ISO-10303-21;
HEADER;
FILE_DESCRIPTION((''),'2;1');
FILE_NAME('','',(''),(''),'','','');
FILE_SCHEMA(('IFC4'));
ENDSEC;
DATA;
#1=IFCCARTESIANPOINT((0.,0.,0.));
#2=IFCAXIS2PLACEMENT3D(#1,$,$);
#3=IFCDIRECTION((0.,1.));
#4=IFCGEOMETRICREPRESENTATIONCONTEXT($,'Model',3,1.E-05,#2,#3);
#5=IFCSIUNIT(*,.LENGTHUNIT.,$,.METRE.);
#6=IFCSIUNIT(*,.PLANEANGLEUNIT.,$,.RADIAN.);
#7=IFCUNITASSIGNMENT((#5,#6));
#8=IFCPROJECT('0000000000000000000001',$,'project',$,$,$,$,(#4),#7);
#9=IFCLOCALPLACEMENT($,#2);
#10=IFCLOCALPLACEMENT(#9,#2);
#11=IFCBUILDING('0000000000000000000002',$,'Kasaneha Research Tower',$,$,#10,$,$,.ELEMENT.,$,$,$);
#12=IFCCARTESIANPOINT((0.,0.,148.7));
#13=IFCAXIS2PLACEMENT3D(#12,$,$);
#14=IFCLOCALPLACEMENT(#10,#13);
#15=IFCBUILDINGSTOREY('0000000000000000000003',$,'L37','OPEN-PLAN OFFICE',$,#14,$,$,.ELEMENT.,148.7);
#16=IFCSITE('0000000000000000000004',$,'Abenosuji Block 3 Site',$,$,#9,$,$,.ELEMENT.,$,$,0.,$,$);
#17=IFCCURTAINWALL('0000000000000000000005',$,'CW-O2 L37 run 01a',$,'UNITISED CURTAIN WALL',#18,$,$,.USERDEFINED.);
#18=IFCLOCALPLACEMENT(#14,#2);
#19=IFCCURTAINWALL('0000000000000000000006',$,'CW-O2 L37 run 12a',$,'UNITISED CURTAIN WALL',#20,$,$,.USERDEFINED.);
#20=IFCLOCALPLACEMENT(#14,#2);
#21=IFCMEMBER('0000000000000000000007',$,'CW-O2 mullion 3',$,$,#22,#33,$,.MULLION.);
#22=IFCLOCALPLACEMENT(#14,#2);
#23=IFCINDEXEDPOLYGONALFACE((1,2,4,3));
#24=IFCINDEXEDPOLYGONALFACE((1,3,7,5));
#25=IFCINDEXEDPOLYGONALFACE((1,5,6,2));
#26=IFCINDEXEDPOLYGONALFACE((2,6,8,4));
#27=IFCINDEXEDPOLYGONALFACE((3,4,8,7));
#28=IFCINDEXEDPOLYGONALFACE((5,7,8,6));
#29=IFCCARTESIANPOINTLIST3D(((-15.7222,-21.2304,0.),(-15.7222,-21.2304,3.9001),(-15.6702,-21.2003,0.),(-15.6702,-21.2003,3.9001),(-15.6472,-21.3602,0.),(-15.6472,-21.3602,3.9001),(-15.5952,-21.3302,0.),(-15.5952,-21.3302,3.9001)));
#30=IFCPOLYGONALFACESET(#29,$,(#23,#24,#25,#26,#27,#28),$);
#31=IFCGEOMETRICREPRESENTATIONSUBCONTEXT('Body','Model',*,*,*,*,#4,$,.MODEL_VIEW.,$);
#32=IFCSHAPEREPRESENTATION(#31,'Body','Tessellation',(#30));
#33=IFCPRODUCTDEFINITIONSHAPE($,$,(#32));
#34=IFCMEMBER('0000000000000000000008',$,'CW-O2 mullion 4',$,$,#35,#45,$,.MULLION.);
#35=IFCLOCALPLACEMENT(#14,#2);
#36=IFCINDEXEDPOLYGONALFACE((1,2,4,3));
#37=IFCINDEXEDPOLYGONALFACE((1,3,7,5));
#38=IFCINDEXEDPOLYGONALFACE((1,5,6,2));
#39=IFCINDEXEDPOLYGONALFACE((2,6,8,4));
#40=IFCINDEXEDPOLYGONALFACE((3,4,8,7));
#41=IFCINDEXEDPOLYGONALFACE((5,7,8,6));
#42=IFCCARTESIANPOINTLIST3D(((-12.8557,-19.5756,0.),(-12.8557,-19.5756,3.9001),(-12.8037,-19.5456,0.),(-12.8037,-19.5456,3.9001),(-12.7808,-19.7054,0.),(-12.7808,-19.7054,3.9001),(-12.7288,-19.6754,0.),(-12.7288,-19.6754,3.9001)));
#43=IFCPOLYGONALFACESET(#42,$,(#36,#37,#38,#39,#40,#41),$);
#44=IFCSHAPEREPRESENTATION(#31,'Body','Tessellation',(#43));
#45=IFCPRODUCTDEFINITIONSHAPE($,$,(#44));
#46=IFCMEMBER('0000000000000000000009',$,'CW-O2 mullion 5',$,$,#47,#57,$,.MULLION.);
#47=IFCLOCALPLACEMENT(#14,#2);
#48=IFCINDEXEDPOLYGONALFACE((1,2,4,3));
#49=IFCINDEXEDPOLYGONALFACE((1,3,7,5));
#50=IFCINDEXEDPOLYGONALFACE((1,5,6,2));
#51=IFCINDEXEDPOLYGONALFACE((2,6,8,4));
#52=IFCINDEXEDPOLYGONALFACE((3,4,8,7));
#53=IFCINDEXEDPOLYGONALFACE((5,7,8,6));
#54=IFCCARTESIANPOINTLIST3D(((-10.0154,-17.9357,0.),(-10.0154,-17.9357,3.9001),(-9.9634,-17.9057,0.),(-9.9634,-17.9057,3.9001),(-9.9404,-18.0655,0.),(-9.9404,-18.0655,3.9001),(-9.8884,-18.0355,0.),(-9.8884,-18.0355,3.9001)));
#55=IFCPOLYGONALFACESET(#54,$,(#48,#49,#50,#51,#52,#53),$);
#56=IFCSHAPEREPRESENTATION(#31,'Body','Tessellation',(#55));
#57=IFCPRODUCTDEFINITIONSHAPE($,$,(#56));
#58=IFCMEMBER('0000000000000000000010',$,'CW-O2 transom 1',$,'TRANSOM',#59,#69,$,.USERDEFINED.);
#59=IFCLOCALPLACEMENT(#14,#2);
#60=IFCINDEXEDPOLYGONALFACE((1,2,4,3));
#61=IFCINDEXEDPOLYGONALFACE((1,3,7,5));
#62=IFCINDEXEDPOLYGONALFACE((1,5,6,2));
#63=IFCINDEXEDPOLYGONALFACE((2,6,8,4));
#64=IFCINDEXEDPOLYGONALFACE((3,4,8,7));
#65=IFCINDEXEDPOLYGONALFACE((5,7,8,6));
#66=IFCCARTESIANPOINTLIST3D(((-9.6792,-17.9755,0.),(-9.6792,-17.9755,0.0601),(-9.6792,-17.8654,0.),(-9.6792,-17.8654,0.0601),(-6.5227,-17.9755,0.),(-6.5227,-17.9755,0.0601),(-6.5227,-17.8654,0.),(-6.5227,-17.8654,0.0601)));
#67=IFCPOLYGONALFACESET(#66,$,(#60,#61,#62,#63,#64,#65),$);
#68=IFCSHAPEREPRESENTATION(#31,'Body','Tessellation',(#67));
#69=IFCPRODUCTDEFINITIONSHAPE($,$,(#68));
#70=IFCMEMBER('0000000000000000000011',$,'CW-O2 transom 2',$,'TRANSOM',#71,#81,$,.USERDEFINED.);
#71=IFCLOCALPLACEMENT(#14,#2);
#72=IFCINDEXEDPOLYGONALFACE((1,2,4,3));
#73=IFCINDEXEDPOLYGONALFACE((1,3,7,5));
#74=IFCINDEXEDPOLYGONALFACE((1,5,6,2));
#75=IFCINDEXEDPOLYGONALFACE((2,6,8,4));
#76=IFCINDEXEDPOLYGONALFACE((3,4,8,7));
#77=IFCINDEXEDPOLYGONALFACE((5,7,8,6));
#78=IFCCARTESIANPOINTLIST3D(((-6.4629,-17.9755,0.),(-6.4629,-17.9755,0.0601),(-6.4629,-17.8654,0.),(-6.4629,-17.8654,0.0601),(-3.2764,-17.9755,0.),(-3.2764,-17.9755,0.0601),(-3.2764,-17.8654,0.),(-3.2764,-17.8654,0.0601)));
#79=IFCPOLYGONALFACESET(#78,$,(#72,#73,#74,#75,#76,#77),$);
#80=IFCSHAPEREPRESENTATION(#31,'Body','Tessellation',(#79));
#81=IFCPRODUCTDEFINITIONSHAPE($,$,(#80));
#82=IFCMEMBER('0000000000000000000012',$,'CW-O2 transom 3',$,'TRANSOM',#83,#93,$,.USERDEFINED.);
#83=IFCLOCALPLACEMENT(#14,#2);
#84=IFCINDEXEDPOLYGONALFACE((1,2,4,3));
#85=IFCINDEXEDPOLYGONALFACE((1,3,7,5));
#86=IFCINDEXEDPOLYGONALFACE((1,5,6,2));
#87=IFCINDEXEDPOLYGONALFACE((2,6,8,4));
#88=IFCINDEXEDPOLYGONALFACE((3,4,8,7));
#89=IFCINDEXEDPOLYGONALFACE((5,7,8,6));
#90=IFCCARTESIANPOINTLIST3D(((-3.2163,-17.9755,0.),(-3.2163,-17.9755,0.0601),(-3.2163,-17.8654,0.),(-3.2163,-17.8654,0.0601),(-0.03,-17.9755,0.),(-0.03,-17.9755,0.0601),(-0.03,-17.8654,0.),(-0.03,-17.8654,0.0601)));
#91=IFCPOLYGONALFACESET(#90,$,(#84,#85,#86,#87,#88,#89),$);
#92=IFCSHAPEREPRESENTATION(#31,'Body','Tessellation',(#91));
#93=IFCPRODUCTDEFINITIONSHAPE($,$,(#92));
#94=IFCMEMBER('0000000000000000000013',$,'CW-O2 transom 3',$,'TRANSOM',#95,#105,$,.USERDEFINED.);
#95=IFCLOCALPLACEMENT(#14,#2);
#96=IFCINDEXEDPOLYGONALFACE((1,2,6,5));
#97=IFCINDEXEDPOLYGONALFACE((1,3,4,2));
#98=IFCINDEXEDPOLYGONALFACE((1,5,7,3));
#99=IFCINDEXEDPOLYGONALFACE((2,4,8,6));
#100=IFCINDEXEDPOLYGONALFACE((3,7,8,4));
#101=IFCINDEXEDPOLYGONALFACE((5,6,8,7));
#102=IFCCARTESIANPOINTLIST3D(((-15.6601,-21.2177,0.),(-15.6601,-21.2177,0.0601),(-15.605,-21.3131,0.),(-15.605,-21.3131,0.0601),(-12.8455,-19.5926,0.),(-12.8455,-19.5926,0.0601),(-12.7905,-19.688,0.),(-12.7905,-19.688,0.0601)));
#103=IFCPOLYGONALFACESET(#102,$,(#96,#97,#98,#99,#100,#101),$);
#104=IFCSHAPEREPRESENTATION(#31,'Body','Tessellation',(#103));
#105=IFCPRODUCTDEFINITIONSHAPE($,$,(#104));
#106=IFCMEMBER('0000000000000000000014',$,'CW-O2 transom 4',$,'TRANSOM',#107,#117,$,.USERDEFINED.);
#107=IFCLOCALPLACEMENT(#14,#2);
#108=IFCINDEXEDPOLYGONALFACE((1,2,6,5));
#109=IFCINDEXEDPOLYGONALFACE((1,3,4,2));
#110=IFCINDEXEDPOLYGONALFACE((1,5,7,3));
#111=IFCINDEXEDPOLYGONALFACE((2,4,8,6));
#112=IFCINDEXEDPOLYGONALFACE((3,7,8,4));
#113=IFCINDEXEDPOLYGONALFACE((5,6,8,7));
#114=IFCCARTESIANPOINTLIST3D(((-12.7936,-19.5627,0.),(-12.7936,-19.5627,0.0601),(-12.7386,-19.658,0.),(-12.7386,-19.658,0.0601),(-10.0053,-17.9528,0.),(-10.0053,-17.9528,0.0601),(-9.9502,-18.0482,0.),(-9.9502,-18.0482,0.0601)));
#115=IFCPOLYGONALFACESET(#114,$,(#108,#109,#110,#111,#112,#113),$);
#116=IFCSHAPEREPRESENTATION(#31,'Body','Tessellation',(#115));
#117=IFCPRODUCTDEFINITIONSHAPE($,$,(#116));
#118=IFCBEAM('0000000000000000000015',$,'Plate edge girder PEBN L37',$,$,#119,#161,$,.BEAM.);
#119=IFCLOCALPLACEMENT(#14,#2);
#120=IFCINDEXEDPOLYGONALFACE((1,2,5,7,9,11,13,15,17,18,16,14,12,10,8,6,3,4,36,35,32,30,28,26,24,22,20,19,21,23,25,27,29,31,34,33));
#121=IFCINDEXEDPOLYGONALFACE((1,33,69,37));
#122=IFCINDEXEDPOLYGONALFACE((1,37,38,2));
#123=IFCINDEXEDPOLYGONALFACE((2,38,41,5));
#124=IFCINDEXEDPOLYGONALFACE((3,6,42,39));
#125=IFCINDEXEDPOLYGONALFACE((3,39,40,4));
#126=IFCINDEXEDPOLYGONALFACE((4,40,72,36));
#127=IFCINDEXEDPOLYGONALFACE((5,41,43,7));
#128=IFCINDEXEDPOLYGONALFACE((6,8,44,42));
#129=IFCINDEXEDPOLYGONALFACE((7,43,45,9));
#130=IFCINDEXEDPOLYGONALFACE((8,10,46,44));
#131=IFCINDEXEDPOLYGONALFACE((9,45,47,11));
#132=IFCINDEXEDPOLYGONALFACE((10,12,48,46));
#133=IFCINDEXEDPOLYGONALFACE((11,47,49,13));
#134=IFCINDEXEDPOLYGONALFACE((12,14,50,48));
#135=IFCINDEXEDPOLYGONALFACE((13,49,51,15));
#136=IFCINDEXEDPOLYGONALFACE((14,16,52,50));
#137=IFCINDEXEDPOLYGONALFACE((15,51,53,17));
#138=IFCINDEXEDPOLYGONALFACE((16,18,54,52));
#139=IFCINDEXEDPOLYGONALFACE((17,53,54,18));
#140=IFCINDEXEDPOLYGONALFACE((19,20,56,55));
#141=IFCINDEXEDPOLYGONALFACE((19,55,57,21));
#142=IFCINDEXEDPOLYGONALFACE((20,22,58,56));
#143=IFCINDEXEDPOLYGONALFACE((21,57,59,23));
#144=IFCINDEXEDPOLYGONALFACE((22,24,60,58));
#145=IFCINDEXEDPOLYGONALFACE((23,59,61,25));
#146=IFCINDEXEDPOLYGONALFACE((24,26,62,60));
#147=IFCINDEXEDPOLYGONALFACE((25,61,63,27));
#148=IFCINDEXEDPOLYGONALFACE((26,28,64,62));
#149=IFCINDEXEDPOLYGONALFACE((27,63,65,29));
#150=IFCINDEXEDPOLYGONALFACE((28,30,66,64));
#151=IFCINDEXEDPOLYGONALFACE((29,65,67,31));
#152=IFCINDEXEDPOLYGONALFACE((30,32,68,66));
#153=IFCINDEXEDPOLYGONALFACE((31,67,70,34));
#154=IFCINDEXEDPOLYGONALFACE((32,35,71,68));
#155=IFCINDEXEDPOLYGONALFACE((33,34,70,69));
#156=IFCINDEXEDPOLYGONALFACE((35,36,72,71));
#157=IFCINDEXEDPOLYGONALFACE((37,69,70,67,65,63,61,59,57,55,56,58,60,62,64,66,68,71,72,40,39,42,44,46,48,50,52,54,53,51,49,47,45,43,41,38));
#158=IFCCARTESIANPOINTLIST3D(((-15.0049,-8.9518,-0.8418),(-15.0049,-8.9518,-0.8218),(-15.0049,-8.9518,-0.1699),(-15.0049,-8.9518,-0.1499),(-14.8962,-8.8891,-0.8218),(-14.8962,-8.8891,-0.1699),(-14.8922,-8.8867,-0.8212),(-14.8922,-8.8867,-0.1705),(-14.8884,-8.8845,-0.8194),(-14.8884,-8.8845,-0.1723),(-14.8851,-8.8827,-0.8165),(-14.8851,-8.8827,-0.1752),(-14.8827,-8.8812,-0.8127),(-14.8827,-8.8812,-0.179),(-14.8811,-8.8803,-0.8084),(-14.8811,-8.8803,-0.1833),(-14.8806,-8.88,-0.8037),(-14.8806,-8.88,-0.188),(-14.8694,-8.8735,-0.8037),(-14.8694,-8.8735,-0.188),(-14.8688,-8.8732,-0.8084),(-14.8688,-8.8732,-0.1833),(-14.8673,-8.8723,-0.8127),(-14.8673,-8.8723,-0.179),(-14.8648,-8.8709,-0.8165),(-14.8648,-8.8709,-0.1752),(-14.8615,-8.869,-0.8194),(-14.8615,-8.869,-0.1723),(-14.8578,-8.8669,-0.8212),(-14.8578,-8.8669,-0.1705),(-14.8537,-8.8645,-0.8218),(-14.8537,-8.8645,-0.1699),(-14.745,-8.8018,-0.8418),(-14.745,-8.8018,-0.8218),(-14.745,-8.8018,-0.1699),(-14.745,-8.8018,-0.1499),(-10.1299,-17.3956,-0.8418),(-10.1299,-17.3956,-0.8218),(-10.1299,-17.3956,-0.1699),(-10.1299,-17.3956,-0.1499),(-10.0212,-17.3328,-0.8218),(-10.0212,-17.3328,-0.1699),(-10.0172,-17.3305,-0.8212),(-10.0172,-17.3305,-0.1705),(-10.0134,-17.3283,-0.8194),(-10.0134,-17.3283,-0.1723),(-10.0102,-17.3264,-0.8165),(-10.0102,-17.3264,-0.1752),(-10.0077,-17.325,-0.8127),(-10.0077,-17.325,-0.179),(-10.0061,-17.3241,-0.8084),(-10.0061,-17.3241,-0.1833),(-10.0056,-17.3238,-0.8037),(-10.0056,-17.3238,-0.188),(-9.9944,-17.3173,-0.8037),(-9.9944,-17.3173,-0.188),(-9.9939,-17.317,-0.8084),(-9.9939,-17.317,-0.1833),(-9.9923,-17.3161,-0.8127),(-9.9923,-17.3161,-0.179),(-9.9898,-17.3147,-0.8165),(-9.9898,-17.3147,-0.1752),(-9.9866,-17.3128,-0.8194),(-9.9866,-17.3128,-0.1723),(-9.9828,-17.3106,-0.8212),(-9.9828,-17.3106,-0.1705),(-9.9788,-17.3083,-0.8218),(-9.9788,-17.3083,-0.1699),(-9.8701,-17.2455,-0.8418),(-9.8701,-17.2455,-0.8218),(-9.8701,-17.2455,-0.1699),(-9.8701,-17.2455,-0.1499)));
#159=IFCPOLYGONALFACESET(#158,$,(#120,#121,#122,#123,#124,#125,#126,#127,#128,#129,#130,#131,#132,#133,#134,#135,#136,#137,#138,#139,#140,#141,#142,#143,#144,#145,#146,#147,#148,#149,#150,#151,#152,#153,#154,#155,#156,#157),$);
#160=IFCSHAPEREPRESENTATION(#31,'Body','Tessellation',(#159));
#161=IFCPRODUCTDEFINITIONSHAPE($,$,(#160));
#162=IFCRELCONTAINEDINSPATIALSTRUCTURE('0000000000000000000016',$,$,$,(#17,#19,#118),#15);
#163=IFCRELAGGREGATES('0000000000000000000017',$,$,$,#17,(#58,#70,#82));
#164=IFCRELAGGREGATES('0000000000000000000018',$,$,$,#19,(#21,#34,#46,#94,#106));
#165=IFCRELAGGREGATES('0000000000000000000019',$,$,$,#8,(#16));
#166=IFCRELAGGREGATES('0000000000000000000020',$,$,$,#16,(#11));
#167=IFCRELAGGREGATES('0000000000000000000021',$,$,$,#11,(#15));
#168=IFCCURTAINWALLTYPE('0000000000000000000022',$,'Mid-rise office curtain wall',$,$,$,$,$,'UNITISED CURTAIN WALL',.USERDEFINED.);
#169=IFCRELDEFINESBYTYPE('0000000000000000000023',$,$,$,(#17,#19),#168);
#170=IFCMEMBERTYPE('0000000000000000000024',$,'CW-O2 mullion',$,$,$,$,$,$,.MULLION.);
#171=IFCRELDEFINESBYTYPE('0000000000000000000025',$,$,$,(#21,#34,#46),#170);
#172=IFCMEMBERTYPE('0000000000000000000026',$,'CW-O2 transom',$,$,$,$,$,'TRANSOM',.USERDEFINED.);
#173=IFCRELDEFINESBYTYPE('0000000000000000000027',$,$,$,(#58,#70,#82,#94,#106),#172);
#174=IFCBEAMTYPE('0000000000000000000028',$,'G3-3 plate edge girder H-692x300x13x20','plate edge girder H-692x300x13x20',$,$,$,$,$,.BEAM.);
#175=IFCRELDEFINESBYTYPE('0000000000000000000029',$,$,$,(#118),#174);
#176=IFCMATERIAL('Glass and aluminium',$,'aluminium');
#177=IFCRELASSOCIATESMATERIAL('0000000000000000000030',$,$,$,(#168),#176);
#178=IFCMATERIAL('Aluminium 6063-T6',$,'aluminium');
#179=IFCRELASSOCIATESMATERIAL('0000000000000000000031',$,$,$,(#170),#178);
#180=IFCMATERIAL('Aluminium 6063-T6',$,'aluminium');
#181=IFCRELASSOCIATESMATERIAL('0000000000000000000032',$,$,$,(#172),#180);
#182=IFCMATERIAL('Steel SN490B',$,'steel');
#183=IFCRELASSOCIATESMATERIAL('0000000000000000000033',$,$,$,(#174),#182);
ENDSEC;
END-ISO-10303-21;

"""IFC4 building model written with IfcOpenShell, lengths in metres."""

from ifc_helpers import new_model, si_unit, direction, frame, origin, origin_2d, place, context, subcontext, project, spatial, rectangle, i_section, extrude, material, material_profile, profile_set, type_object, element, aggregate, save


model = new_model("IFC4")

# Units and contexts
model_context = context("Model", 3, precision=1e-05, world=origin(), true_north=direction((0.0, 1.0)))
body_context = subcontext(model_context, "Body", "Model", "MODEL_VIEW")
ifc_project = project(units=[si_unit("LENGTHUNIT", "METRE"), si_unit("PLANEANGLEUNIT", "RADIAN")], contexts=[model_context])

# Site, building, storey
site_placement = place(None, origin())
site = spatial("IfcSite", under=ifc_project, at=site_placement, Name="Abenosuji Block 3 Site", CompositionType="ELEMENT", RefElevation=0.0)
building_placement = place(site_placement, origin())
building = spatial("IfcBuilding", under=site, at=building_placement, Name="Kasaneha Research Tower", CompositionType="ELEMENT")
storey_placement = place(building_placement, frame((0.0, 0.0, 148.7)))
storey = spatial("IfcBuildingStorey", under=building, at=storey_placement, Name="L37", Description="OPEN-PLAN OFFICE", CompositionType="ELEMENT", Elevation=148.7)

# Curtain walls, members
ifc_material_1 = material(Name="Glass and aluminium", Category="aluminium")
curtain_wall_type = type_object("IfcCurtainWallType", Name="Mid-rise office curtain wall", ElementType="UNITISED CURTAIN WALL", PredefinedType="USERDEFINED", material=ifc_material_1)
curtain_wall_1_placement = place(storey_placement, origin())
curtain_wall_1 = element("IfcCurtainWall", 1, at=curtain_wall_1_placement, inside=storey, type_object=curtain_wall_type, Name="CW-O2 L37 run 01a", ObjectType="UNITISED CURTAIN WALL", PredefinedType="USERDEFINED")
ifc_material_2 = material(Name="Aluminium 6063-T6", Category="aluminium")
ifc_material_profile_1 = material_profile(ifc_material_2, rectangle(XDim=0.0601, YDim=0.1499, at=origin_2d()), Name="CW-O2 mullion 60x150")
ifc_profile_set_1 = profile_set([ifc_material_profile_1], Name="Aluminium 6063-T6")
member_type_1 = type_object("IfcMemberType", Name="CW-O2 mullion", PredefinedType="MULLION", material=ifc_profile_set_1)
curtain_wall_2_placement = place(storey_placement, origin())
curtain_wall_2 = element("IfcCurtainWall", 2, at=curtain_wall_2_placement, inside=storey, type_object=curtain_wall_type, Name="CW-O2 L37 run 12a", ObjectType="UNITISED CURTAIN WALL", PredefinedType="USERDEFINED")
member_1_placement = place(storey_placement, frame((-15.6587, -21.2803, 0.0), z_axis=(0.0, 0.0, 1.0), x_axis=(0.866025, 0.5, 0.0)))
member_1 = element("IfcMember", 3, at=member_1_placement, type_object=member_type_1, Name="CW-O2 mullion 3", PredefinedType="MULLION", context=body_context, shape_type="SweptSolid", body=[
    extrude(rectangle(XDim=0.0601, YDim=0.1499, at=origin_2d()), origin(), (0.0, 0.0, 1.0), 3.9001),
])
member_2_placement = place(storey_placement, frame((-12.7922, -19.6255, 0.0), z_axis=(0.0, 0.0, 1.0), x_axis=(0.866025, 0.5, 0.0)))
member_2 = element("IfcMember", 4, at=member_2_placement, type_object=member_type_1, Name="CW-O2 mullion 4", PredefinedType="MULLION", context=body_context, shape_type="SweptSolid", body=[
    extrude(rectangle(XDim=0.0601, YDim=0.1499, at=origin_2d()), origin(), (0.0, 0.0, 1.0), 3.9001),
])
member_3_placement = place(storey_placement, frame((-9.9519, -17.9856, 0.0), z_axis=(0.0, 0.0, 1.0), x_axis=(0.866025, 0.5, 0.0)))
member_3 = element("IfcMember", 5, at=member_3_placement, type_object=member_type_1, Name="CW-O2 mullion 5", PredefinedType="MULLION", context=body_context, shape_type="SweptSolid", body=[
    extrude(rectangle(XDim=0.0601, YDim=0.1499, at=origin_2d()), origin(), (0.0, 0.0, 1.0), 3.9001),
])

# Members
ifc_material_3 = material(Name="Aluminium 6063-T6", Category="aluminium")
ifc_material_profile_2 = material_profile(ifc_material_3, rectangle(XDim=0.1101, YDim=0.0601, at=origin_2d()), Name="CW-O2 transom 110x60")
ifc_profile_set_2 = profile_set([ifc_material_profile_2], Name="Aluminium 6063-T6")
member_type_2 = type_object("IfcMemberType", Name="CW-O2 transom", ElementType="TRANSOM", PredefinedType="USERDEFINED", material=ifc_profile_set_2)
member_4_placement = place(storey_placement, frame((-9.6792, -17.9204, 0.03), z_axis=(1.0, 0.0, 0.0), x_axis=(0.0, 1.0, 0.0)))
member_4 = element("IfcMember", 6, at=member_4_placement, type_object=member_type_2, Name="CW-O2 transom 1", ObjectType="TRANSOM", PredefinedType="USERDEFINED", context=body_context, shape_type="SweptSolid", body=[
    extrude(rectangle(XDim=0.1101, YDim=0.0601, at=origin_2d()), origin(), (0.0, 0.0, 1.0), 3.1565),
])
member_5_placement = place(storey_placement, frame((-6.4629, -17.9204, 0.03), z_axis=(1.0, 0.0, 0.0), x_axis=(0.0, 1.0, 0.0)))
member_5 = element("IfcMember", 7, at=member_5_placement, type_object=member_type_2, Name="CW-O2 transom 2", ObjectType="TRANSOM", PredefinedType="USERDEFINED", context=body_context, shape_type="SweptSolid", body=[
    extrude(rectangle(XDim=0.1101, YDim=0.0601, at=origin_2d()), origin(), (0.0, 0.0, 1.0), 3.1865),
])
member_6_placement = place(storey_placement, frame((-3.2163, -17.9204, 0.03), z_axis=(1.0, 0.0, 0.0), x_axis=(0.0, 1.0, 0.0)))
member_6 = element("IfcMember", 8, at=member_6_placement, type_object=member_type_2, Name="CW-O2 transom 3", ObjectType="TRANSOM", PredefinedType="USERDEFINED", context=body_context, shape_type="SweptSolid", body=[
    extrude(rectangle(XDim=0.1101, YDim=0.0601, at=origin_2d()), origin(), (0.0, 0.0, 1.0), 3.1863),
])
member_7_placement = place(storey_placement, frame((-15.6326, -21.2654, 0.03), z_axis=(0.866015, 0.500017, 0.0), x_axis=(-0.500017, 0.866015, 0.0)))
member_7 = element("IfcMember", 9, at=member_7_placement, type_object=member_type_2, Name="CW-O2 transom 3", ObjectType="TRANSOM", PredefinedType="USERDEFINED", context=body_context, shape_type="SweptSolid", body=[
    extrude(rectangle(XDim=0.1101, YDim=0.0601, at=origin_2d()), origin(), (0.0, 0.0, 1.0), 3.25),
])
member_8_placement = place(storey_placement, frame((-12.7661, -19.6104, 0.03), z_axis=(0.866023, 0.500005, 0.0), x_axis=(-0.500005, 0.866023, 0.0)))
member_8 = element("IfcMember", 10, at=member_8_placement, type_object=member_type_2, Name="CW-O2 transom 4", ObjectType="TRANSOM", PredefinedType="USERDEFINED", context=body_context, shape_type="SweptSolid", body=[
    extrude(rectangle(XDim=0.1101, YDim=0.0601, at=origin_2d()), origin(), (0.0, 0.0, 1.0), 3.2197),
])

# Beam
ifc_material_4 = material(Name="Steel SN490B", Category="steel")
ifc_material_profile_3 = material_profile(ifc_material_4, i_section(OverallWidth=0.3, OverallDepth=0.6919, WebThickness=0.0129, FlangeThickness=0.02, FilletRadius=0.0181, at=origin_2d()), Name="H-692x300x13x20")
ifc_profile_set_3 = profile_set([ifc_material_profile_3], Name="Steel SN490B")
beam_type_1 = type_object("IfcBeamType", Name="G3-3 plate edge girder H-692x300x13x20", Description="plate edge girder H-692x300x13x20", PredefinedType="BEAM", material=ifc_profile_set_3)
beam_1_placement = place(storey_placement, frame((-10.0, -17.3206, -0.4958), z_axis=(-0.499996, 0.866028, 0.0), x_axis=(-0.866028, -0.499996, 0.0)))
element("IfcBeam", 11, at=beam_1_placement, inside=storey, type_object=beam_type_1, Name="Plate edge girder PEBN L37", PredefinedType="BEAM", context=body_context, shape_type="SweptSolid", body=[
    extrude(i_section(OverallWidth=0.3, OverallDepth=0.6919, WebThickness=0.0129, FlangeThickness=0.02, FilletRadius=0.0181, at=origin_2d()), origin(), (0.0, 0.0, 1.0), 9.75),
])

aggregate(curtain_wall_1, [member_4, member_5, member_6])
aggregate(curtain_wall_2, [member_1, member_2, member_3, member_7, member_8])

save(model, "model.ifc")
